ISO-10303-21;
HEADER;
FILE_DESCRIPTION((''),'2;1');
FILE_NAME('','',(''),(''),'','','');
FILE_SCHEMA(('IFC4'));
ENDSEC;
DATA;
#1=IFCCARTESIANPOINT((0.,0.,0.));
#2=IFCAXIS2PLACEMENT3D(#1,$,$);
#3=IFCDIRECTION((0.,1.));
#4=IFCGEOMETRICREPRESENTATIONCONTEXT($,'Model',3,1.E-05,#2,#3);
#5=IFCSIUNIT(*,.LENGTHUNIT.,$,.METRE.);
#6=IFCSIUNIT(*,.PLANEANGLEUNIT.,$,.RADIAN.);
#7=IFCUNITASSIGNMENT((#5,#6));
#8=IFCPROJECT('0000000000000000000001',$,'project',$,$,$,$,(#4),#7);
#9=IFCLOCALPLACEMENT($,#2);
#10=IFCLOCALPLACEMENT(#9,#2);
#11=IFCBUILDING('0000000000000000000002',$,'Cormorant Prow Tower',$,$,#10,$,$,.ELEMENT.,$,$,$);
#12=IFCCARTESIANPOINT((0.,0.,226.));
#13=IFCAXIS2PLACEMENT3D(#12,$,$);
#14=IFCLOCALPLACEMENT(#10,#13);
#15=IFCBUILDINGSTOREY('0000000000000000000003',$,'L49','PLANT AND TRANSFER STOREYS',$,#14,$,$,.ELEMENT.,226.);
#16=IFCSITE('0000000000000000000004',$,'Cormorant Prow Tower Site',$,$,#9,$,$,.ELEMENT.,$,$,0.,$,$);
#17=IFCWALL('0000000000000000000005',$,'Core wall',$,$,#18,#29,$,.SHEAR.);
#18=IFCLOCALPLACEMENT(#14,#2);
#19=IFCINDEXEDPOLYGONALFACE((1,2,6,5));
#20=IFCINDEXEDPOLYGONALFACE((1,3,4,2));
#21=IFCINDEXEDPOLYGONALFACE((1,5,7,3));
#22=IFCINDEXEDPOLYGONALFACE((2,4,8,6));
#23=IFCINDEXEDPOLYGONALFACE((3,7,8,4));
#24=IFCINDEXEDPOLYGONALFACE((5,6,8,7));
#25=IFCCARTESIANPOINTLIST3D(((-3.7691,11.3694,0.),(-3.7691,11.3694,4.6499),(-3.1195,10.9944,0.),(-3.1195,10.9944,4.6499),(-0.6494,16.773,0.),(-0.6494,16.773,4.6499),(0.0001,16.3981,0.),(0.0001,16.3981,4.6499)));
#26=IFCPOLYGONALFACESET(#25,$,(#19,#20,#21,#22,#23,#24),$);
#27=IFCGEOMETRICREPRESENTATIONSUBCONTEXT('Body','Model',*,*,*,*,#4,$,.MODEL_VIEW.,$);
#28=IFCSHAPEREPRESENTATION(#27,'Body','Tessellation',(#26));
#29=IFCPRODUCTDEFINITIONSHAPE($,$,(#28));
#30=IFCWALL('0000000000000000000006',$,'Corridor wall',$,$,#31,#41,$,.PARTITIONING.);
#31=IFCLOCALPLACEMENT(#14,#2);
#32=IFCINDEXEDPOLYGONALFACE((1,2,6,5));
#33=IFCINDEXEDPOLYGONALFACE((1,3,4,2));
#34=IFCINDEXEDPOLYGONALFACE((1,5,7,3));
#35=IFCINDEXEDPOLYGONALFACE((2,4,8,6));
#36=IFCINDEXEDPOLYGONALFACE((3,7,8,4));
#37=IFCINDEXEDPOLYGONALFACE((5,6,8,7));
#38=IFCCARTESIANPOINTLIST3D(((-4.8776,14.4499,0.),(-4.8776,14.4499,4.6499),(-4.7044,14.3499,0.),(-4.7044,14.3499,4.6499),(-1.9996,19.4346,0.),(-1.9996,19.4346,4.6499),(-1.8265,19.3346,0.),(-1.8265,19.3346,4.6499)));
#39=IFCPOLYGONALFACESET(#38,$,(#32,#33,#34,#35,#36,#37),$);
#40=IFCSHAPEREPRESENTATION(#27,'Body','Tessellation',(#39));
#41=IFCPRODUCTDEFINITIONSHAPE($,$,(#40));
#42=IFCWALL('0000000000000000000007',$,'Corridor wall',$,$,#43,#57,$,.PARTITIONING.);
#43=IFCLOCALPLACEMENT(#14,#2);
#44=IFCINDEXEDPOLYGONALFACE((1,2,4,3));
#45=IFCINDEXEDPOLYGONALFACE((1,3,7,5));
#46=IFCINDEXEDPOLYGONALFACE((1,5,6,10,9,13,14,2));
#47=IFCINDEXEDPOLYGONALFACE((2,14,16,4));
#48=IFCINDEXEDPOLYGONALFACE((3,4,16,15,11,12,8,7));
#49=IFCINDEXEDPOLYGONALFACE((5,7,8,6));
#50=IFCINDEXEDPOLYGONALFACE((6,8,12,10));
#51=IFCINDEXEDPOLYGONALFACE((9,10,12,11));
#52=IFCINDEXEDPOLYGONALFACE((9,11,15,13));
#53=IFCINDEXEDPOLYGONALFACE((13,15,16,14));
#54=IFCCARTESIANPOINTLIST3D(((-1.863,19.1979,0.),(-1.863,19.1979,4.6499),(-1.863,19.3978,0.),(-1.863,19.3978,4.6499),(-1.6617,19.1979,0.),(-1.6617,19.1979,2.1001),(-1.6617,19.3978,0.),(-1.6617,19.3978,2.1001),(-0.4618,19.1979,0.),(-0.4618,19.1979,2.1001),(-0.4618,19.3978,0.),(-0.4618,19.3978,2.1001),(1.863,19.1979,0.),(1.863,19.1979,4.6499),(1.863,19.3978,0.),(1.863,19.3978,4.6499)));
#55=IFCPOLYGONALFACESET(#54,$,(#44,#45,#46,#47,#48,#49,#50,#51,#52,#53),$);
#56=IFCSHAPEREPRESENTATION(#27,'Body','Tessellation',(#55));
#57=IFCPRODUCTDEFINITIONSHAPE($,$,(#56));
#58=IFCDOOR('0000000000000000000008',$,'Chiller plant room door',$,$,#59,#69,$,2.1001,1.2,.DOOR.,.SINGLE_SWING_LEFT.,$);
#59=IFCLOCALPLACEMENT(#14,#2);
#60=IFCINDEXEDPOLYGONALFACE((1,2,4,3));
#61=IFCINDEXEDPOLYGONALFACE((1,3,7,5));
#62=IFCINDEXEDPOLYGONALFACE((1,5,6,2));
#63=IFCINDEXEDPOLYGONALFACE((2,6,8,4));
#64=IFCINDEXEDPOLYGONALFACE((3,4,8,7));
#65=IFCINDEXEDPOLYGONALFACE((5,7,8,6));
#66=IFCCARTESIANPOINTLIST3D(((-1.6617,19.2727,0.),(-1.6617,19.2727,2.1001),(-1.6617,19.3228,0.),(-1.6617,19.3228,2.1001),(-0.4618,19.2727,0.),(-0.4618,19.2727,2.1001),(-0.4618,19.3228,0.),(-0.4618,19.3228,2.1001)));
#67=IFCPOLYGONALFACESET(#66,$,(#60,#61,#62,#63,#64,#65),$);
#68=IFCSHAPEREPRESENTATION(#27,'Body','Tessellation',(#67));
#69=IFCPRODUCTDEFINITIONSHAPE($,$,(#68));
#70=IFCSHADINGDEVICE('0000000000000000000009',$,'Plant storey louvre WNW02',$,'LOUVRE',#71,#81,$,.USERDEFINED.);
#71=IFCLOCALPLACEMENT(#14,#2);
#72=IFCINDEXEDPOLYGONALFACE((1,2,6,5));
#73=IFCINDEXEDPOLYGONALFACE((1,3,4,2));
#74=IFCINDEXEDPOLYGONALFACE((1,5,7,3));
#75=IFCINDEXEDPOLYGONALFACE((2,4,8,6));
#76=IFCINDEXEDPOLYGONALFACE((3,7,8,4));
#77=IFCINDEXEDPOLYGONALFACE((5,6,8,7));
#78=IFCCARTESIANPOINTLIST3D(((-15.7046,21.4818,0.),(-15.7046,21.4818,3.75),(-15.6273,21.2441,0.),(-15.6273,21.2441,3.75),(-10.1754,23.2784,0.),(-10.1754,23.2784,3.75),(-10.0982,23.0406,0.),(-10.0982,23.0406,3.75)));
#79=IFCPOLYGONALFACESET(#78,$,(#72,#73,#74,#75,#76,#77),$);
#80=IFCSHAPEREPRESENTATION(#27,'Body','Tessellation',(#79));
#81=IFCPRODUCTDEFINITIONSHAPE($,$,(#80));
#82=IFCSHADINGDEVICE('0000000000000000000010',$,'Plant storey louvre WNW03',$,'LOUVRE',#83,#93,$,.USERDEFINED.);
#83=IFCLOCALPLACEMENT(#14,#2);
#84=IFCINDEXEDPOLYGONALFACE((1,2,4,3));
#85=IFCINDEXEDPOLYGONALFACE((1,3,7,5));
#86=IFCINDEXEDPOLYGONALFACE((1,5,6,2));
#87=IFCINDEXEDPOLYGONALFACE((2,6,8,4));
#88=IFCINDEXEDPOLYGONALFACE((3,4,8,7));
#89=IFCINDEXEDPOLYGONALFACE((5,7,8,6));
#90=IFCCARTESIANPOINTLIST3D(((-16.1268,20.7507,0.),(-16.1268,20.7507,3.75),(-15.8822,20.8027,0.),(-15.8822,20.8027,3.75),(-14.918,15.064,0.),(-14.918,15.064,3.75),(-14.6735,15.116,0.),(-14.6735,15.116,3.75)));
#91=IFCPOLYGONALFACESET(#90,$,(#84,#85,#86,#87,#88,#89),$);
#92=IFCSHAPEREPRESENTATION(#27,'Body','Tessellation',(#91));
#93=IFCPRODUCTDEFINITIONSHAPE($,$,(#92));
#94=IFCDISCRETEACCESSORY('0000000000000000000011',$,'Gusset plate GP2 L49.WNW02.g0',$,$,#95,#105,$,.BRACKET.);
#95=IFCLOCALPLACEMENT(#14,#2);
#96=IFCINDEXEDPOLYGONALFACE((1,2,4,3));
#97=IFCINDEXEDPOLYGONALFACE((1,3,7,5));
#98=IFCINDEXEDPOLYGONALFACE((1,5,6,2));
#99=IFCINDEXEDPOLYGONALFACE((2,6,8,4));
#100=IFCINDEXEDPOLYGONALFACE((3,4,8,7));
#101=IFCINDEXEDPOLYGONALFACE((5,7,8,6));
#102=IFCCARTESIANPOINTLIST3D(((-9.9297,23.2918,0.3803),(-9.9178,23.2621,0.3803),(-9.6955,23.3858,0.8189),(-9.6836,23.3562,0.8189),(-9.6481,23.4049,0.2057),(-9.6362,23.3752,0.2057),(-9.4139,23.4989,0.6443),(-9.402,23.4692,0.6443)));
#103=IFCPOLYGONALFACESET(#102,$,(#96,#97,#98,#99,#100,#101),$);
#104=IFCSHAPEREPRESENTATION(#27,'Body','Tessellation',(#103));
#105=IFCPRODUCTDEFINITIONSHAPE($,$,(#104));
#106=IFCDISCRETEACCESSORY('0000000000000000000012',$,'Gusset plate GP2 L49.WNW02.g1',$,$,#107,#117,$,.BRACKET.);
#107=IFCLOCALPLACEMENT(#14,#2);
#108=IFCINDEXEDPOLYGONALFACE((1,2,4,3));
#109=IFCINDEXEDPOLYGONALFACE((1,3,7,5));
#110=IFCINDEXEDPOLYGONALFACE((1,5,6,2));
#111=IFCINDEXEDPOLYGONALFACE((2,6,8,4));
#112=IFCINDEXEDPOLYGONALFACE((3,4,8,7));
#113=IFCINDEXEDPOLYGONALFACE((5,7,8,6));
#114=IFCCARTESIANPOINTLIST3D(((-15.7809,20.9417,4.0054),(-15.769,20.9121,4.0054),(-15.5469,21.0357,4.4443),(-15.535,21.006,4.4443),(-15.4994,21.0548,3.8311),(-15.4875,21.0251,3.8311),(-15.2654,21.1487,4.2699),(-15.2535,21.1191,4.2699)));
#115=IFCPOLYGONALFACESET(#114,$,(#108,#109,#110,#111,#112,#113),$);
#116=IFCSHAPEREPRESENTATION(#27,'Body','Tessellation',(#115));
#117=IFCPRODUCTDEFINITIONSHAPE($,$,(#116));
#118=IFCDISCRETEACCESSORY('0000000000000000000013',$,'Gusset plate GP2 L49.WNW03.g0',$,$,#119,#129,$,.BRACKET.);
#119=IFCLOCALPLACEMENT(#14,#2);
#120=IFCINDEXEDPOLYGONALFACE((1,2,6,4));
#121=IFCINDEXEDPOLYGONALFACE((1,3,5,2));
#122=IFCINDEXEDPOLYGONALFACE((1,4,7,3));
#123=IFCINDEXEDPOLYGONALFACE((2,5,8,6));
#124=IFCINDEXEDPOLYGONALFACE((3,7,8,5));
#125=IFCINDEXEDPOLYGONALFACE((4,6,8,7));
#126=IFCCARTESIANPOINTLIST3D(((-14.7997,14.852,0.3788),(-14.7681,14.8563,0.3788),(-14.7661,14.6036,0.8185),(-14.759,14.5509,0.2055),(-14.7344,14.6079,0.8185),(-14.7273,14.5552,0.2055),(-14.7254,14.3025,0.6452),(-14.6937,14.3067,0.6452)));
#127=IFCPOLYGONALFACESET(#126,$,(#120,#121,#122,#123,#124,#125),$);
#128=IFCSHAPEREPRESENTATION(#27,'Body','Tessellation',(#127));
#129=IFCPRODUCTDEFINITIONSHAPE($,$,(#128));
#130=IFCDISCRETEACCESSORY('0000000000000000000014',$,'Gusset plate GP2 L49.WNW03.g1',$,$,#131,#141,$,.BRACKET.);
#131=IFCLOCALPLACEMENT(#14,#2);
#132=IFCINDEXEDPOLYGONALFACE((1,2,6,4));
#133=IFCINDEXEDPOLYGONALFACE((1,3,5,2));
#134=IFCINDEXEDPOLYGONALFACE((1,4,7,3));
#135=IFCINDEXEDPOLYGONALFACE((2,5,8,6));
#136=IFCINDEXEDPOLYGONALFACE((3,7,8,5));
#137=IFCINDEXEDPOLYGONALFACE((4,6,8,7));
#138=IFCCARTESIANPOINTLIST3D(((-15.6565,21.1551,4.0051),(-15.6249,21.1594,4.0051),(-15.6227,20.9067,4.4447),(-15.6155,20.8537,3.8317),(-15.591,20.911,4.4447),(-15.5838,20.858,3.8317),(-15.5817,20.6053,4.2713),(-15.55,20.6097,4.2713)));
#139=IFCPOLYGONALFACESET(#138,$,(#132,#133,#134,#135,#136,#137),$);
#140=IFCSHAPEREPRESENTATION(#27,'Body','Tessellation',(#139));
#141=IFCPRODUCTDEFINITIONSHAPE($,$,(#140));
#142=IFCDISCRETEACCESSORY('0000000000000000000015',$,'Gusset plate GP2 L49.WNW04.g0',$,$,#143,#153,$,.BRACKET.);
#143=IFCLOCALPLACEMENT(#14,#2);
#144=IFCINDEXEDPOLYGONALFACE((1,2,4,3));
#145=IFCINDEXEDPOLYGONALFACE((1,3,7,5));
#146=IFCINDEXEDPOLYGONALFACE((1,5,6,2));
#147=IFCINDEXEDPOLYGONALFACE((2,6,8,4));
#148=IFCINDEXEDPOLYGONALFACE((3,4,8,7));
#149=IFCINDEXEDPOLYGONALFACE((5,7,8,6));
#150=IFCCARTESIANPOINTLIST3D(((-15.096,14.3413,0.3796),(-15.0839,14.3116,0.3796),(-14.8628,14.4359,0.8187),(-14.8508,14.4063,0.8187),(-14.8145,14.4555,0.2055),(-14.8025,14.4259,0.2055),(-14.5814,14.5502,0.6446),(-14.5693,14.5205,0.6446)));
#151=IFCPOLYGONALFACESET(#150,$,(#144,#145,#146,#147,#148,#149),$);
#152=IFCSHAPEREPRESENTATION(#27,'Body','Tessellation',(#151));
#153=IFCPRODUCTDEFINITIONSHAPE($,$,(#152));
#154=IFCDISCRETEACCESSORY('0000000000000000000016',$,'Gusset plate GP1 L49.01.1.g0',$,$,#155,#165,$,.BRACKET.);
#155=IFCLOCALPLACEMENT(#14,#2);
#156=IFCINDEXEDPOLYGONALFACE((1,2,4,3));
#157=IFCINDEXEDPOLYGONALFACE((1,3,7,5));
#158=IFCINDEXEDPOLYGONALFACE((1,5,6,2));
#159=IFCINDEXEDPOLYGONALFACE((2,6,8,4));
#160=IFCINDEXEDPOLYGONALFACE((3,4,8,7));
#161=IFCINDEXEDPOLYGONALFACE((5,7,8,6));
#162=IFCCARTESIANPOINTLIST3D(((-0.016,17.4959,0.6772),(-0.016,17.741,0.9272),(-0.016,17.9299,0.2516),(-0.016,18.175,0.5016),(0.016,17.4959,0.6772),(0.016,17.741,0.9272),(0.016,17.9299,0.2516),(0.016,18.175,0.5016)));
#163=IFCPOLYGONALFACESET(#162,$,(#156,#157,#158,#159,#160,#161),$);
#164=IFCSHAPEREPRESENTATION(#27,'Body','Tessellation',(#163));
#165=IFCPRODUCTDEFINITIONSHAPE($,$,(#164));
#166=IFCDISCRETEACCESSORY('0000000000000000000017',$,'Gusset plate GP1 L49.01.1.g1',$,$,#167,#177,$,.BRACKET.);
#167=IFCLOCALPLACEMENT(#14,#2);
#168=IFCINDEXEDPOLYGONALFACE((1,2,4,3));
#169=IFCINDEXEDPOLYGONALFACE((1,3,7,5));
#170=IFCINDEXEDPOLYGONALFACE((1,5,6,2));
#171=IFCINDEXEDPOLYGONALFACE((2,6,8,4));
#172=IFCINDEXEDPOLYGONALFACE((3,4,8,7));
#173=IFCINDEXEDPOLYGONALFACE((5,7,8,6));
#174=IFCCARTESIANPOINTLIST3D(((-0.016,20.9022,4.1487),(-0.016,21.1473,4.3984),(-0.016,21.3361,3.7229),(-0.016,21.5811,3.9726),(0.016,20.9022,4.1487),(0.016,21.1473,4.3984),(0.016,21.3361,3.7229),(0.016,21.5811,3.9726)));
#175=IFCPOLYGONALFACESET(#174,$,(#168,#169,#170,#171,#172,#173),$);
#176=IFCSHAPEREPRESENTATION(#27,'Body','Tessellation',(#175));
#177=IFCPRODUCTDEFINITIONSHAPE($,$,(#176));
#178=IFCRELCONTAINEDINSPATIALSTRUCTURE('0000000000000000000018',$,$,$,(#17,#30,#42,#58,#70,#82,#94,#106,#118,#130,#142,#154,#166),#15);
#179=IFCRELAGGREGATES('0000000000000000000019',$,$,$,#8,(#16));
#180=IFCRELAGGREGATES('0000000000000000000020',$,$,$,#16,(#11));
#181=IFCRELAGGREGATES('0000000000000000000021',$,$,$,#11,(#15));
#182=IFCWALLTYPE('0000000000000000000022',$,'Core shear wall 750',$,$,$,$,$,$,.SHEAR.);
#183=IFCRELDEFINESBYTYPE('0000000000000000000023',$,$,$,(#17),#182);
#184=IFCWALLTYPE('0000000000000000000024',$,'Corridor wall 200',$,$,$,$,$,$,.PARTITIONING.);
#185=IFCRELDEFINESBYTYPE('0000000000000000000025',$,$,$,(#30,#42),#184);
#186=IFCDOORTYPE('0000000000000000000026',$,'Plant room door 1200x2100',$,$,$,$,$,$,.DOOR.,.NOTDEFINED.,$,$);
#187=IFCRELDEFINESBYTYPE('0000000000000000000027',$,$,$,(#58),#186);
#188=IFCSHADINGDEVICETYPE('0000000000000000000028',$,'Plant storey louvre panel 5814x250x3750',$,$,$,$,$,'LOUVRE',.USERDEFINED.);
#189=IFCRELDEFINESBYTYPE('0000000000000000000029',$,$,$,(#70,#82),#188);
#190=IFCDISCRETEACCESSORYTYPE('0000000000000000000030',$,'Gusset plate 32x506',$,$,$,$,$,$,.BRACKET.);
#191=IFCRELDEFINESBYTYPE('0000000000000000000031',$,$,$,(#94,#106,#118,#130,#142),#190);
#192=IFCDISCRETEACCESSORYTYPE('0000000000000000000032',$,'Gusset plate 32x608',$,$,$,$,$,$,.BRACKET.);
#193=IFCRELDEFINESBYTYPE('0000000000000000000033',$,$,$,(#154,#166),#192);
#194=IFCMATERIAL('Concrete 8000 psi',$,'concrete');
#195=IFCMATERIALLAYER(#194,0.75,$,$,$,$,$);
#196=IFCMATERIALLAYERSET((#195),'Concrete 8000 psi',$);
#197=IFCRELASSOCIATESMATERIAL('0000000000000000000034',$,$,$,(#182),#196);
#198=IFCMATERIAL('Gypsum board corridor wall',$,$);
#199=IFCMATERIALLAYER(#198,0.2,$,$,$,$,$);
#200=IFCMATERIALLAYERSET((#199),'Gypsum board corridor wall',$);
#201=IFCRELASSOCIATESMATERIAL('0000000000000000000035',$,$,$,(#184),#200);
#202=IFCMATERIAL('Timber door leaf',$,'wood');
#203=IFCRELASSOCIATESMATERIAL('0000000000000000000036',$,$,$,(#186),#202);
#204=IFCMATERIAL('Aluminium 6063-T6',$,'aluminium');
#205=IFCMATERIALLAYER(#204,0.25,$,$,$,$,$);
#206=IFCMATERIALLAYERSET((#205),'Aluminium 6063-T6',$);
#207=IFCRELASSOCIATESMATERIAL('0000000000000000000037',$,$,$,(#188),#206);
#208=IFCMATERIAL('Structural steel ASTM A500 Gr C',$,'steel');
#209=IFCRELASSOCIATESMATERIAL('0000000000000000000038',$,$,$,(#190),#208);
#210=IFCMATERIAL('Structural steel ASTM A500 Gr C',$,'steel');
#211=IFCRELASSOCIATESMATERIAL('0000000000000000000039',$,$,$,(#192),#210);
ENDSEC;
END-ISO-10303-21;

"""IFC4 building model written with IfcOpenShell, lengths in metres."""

from ifc_helpers import new_model, si_unit, direction, frame, frame_2d, origin, origin_2d, place, context, subcontext, project, spatial, rectangle, extrude, material, layer, layer_set, material_profile, profile_set, type_object, element, fill, save


model = new_model("IFC4")

# Units and contexts
model_context = context("Model", 3, precision=1e-05, world=origin(), true_north=direction((0.0, 1.0)))
body_context = subcontext(model_context, "Body", "Model", "MODEL_VIEW")
ifc_project = project(units=[si_unit("LENGTHUNIT", "METRE"), si_unit("PLANEANGLEUNIT", "RADIAN")], contexts=[model_context])

# Site, building, storey
site_placement = place(None, origin())
site = spatial("IfcSite", under=ifc_project, at=site_placement, Name="Cormorant Prow Tower Site", CompositionType="ELEMENT", RefElevation=0.0)
building_placement = place(site_placement, origin())
building = spatial("IfcBuilding", under=site, at=building_placement, Name="Cormorant Prow Tower", CompositionType="ELEMENT")
storey_placement = place(building_placement, frame((0.0, 0.0, 226.0)))
storey = spatial("IfcBuildingStorey", under=building, at=storey_placement, Name="L49", Description="PLANT AND TRANSFER STOREYS", CompositionType="ELEMENT", Elevation=226.0)

# Walls
ifc_material_1 = material(Name="Concrete 8000 psi", Category="concrete")
ifc_layer_1 = layer(ifc_material_1, 0.75)
ifc_layer_set_1 = layer_set([ifc_layer_1], Name="Concrete 8000 psi")
wall_type_1 = type_object("IfcWallType", Name="Core shear wall 750", PredefinedType="SHEAR", material=ifc_layer_set_1)
wall_1_placement = place(storey_placement, frame((-0.3247, 16.5854, 0.0), z_axis=(0.0, 0.0, 1.0), x_axis=(-0.499986, -0.866034, 0.0)))
element("IfcWall", 1, at=wall_1_placement, inside=storey, type_object=wall_type_1, Name="Core wall", PredefinedType="SHEAR", context=body_context, shape_type="SweptSolid", body=[
    extrude(rectangle(XDim=6.2395, YDim=0.75, at=frame_2d((3.1196, 0.0))), origin(), (0.0, 0.0, 1.0), 4.6499),
])
ifc_material_2 = material(Name="Gypsum board corridor wall")
ifc_layer_2 = layer(ifc_material_2, 0.2)
ifc_layer_set_2 = layer_set([ifc_layer_2], Name="Gypsum board corridor wall")
wall_type_2 = type_object("IfcWallType", Name="Corridor wall 200", PredefinedType="PARTITIONING", material=ifc_layer_set_2)
wall_2_placement = place(storey_placement, frame((-4.791, 14.3999, 0.0), z_axis=(0.0, 0.0, 1.0), x_axis=(0.500008, 0.866021, 0.0)))
element("IfcWall", 2, at=wall_2_placement, inside=storey, type_object=wall_type_2, Name="Corridor wall", PredefinedType="PARTITIONING", context=body_context, shape_type="SweptSolid", body=[
    extrude(rectangle(XDim=5.7559, YDim=0.2, at=frame_2d((2.8779, 0.0))), origin(), (0.0, 0.0, 1.0), 4.6499),
])

# Wall, opening, door
wall_3_placement = place(storey_placement, frame((-1.863, 19.2979, 0.0), z_axis=(0.0, 0.0, 1.0), x_axis=(1.0, 0.0, 0.0)))
wall_3 = element("IfcWall", 3, at=wall_3_placement, inside=storey, type_object=wall_type_2, Name="Corridor wall", PredefinedType="PARTITIONING", context=body_context, shape_type="SweptSolid", body=[
    extrude(rectangle(XDim=3.7261, YDim=0.2, at=frame_2d((1.863, 0.0))), origin(), (0.0, 0.0, 1.0), 4.6499),
])
opening_placement = place(wall_3_placement, frame((0.2012, 0.0, 0.0)))
opening = element("IfcOpeningElement", 4, at=opening_placement, cuts=wall_3, PredefinedType="OPENING", context=body_context, shape_type="SweptSolid", body=[
    extrude(rectangle(XDim=1.2, YDim=2.1001, at=frame_2d((0.6001, 1.05))), frame((0.0, 0.1099, 0.0), z_axis=(0.0, -1.0, 0.0), x_axis=(1.0, 0.0, 0.0)), (0.0, 0.0, 1.0), 0.22),
])
ifc_material_3 = material(Name="Timber door leaf", Category="wood")
door_type = type_object("IfcDoorType", Name="Plant room door 1200x2100", OperationType="NOTDEFINED", PredefinedType="DOOR", material=ifc_material_3)
door_placement = place(opening_placement, origin())
door = element("IfcDoor", 5, at=door_placement, inside=storey, type_object=door_type, Name="Chiller plant room door", OperationType="SINGLE_SWING_LEFT", OverallHeight=2.1001, OverallWidth=1.2, PredefinedType="DOOR", context=body_context, shape_type="SweptSolid", body=[
    extrude(rectangle(XDim=1.2, YDim=2.1001, at=frame_2d((0.6001, 1.05))), frame((0.0, 0.0249, 0.0), z_axis=(0.0, -1.0, 0.0), x_axis=(1.0, 0.0, 0.0)), (0.0, 0.0, 1.0), 0.05),
])
fill(opening, door)

# Shading devices
ifc_material_4 = material(Name="Aluminium 6063-T6", Category="aluminium")
ifc_layer_3 = layer(ifc_material_4, 0.25)
ifc_layer_set_3 = layer_set([ifc_layer_3], Name="Aluminium 6063-T6")
shading_device_type = type_object("IfcShadingDeviceType", Name="Plant storey louvre panel 5814x250x3750", ElementType="LOUVRE", PredefinedType="USERDEFINED", material=ifc_layer_set_3)
for number, where, z_axis, x_axis, name in (
    (6, (-12.9014, 22.2612, 0.0), (0.0, 0.0, 1.0), (-0.951057, -0.309017, 0.0), "Plant storey louvre WNW02"),
    (7, (-15.4001, 17.9333, 0.0), (0.0, 0.0, 1.0), (0.207912, -0.978148, 0.0), "Plant storey louvre WNW03"),
):
    element("IfcShadingDevice", number, at=place(storey_placement, frame(where, z_axis=z_axis, x_axis=x_axis)), inside=storey, type_object=shading_device_type, Name=name, ObjectType="LOUVRE", PredefinedType="USERDEFINED", context=body_context, shape_type="SweptSolid", body=[
        extrude(rectangle(XDim=5.8137, YDim=0.25, at=origin_2d()), origin(), (0.0, 0.0, 1.0), 3.75),
    ])

# Discrete accessories
ifc_material_5 = material(Name="Structural steel ASTM A500 Gr C", Category="steel")
ifc_material_profile_1 = material_profile(ifc_material_5, rectangle(XDim=0.032, YDim=0.5061, at=origin_2d()), Name="Gusset plate 32x506")
ifc_profile_set_1 = profile_set([ifc_material_profile_1], Name="Structural steel ASTM A500 Gr C")
discrete_accessory_type_1 = type_object("IfcDiscreteAccessoryType", Name="Gusset plate 32x506", PredefinedType="BRACKET", material=ifc_profile_set_1)
discrete_accessory_1_placement = place(storey_placement, frame((-9.8066, 23.324, 0.5996), z_axis=(0.804309, 0.322979, -0.498769), x_axis=(-0.372639, 0.927976, 0.0)))
element("IfcDiscreteAccessory", 8, at=discrete_accessory_1_placement, inside=storey, type_object=discrete_accessory_type_1, Name="Gusset plate GP2 L49.WNW02.g0", PredefinedType="BRACKET", context=body_context, shape_type="SweptSolid", body=[
    extrude(rectangle(XDim=0.032, YDim=0.5061, at=origin_2d()), origin(), (0.0, 0.0, 1.0), 0.3501),
])
for number, where, z_axis, x_axis, name in (
    (9, (-15.3765, 21.0869, 4.0505), (-0.804589, -0.323092, 0.498245), (0.372639, -0.927976, 0.0), "Gusset plate GP2 L49.WNW02.g1"),
    (10, (-14.7671, 14.73, 0.5986), (0.116503, -0.860867, -0.495313), (0.990966, 0.13411, 0.0), "Gusset plate GP2 L49.WNW03.g0"),
):
    element("IfcDiscreteAccessory", number, at=place(storey_placement, frame(where, z_axis=z_axis, x_axis=x_axis)), inside=storey, type_object=discrete_accessory_type_1, Name=name, PredefinedType="BRACKET", context=body_context, shape_type="SweptSolid", body=[
        extrude(rectangle(XDim=0.032, YDim=0.5061, at=origin_2d()), origin(), (0.0, 0.0, 1.0), 0.3499),
    ])
for number, where, z_axis, x_axis, name in (
    (11, (-15.5828, 20.7317, 4.0515), (-0.117191, 0.860797, 0.495272), (-0.990859, -0.134898, 0.0), "Gusset plate GP2 L49.WNW03.g1"),
    (12, (-14.9734, 14.3738, 0.5991), (0.803957, 0.326324, -0.497157), (-0.376097, 0.92658, 0.0), "Gusset plate GP2 L49.WNW04.g0"),
):
    element("IfcDiscreteAccessory", number, at=place(storey_placement, frame(where, z_axis=z_axis, x_axis=x_axis)), inside=storey, type_object=discrete_accessory_type_1, Name=name, PredefinedType="BRACKET", context=body_context, shape_type="SweptSolid", body=[
        extrude(rectangle(XDim=0.032, YDim=0.5061, at=origin_2d()), origin(), (0.0, 0.0, 1.0), 0.3501),
    ])
ifc_material_6 = material(Name="Structural steel ASTM A500 Gr C", Category="steel")
ifc_material_profile_2 = material_profile(ifc_material_6, rectangle(XDim=0.032, YDim=0.6079, at=origin_2d()), Name="Gusset plate 32x608")
ifc_profile_set_2 = profile_set([ifc_material_profile_2], Name="Structural steel ASTM A500 Gr C")
discrete_accessory_type_2 = type_object("IfcDiscreteAccessoryType", Name="Gusset plate 32x608", PredefinedType="BRACKET", material=ifc_profile_set_2)
discrete_accessory_2_placement = place(storey_placement, frame((0.0, 17.958, 0.7144), z_axis=(0.0, -0.700099, -0.714045), x_axis=(1.0, 0.0, 0.0)))
element("IfcDiscreteAccessory", 13, at=discrete_accessory_2_placement, inside=storey, type_object=discrete_accessory_type_2, Name="Gusset plate GP1 L49.01.1.g0", PredefinedType="BRACKET", context=body_context, shape_type="SweptSolid", body=[
    extrude(rectangle(XDim=0.032, YDim=0.6079, at=origin_2d()), origin(), (0.0, 0.0, 1.0), 0.3501),
])
discrete_accessory_3_placement = place(storey_placement, frame((0.0, 21.1191, 3.9358), z_axis=(0.0, 0.700448, 0.713703), x_axis=(-1.0, 0.0, 0.0)))
element("IfcDiscreteAccessory", 14, at=discrete_accessory_3_placement, inside=storey, type_object=discrete_accessory_type_2, Name="Gusset plate GP1 L49.01.1.g1", PredefinedType="BRACKET", context=body_context, shape_type="SweptSolid", body=[
    extrude(rectangle(XDim=0.032, YDim=0.6079, at=origin_2d()), origin(), (0.0, 0.0, 1.0), 0.3499),
])

save(model, "model.ifc")
